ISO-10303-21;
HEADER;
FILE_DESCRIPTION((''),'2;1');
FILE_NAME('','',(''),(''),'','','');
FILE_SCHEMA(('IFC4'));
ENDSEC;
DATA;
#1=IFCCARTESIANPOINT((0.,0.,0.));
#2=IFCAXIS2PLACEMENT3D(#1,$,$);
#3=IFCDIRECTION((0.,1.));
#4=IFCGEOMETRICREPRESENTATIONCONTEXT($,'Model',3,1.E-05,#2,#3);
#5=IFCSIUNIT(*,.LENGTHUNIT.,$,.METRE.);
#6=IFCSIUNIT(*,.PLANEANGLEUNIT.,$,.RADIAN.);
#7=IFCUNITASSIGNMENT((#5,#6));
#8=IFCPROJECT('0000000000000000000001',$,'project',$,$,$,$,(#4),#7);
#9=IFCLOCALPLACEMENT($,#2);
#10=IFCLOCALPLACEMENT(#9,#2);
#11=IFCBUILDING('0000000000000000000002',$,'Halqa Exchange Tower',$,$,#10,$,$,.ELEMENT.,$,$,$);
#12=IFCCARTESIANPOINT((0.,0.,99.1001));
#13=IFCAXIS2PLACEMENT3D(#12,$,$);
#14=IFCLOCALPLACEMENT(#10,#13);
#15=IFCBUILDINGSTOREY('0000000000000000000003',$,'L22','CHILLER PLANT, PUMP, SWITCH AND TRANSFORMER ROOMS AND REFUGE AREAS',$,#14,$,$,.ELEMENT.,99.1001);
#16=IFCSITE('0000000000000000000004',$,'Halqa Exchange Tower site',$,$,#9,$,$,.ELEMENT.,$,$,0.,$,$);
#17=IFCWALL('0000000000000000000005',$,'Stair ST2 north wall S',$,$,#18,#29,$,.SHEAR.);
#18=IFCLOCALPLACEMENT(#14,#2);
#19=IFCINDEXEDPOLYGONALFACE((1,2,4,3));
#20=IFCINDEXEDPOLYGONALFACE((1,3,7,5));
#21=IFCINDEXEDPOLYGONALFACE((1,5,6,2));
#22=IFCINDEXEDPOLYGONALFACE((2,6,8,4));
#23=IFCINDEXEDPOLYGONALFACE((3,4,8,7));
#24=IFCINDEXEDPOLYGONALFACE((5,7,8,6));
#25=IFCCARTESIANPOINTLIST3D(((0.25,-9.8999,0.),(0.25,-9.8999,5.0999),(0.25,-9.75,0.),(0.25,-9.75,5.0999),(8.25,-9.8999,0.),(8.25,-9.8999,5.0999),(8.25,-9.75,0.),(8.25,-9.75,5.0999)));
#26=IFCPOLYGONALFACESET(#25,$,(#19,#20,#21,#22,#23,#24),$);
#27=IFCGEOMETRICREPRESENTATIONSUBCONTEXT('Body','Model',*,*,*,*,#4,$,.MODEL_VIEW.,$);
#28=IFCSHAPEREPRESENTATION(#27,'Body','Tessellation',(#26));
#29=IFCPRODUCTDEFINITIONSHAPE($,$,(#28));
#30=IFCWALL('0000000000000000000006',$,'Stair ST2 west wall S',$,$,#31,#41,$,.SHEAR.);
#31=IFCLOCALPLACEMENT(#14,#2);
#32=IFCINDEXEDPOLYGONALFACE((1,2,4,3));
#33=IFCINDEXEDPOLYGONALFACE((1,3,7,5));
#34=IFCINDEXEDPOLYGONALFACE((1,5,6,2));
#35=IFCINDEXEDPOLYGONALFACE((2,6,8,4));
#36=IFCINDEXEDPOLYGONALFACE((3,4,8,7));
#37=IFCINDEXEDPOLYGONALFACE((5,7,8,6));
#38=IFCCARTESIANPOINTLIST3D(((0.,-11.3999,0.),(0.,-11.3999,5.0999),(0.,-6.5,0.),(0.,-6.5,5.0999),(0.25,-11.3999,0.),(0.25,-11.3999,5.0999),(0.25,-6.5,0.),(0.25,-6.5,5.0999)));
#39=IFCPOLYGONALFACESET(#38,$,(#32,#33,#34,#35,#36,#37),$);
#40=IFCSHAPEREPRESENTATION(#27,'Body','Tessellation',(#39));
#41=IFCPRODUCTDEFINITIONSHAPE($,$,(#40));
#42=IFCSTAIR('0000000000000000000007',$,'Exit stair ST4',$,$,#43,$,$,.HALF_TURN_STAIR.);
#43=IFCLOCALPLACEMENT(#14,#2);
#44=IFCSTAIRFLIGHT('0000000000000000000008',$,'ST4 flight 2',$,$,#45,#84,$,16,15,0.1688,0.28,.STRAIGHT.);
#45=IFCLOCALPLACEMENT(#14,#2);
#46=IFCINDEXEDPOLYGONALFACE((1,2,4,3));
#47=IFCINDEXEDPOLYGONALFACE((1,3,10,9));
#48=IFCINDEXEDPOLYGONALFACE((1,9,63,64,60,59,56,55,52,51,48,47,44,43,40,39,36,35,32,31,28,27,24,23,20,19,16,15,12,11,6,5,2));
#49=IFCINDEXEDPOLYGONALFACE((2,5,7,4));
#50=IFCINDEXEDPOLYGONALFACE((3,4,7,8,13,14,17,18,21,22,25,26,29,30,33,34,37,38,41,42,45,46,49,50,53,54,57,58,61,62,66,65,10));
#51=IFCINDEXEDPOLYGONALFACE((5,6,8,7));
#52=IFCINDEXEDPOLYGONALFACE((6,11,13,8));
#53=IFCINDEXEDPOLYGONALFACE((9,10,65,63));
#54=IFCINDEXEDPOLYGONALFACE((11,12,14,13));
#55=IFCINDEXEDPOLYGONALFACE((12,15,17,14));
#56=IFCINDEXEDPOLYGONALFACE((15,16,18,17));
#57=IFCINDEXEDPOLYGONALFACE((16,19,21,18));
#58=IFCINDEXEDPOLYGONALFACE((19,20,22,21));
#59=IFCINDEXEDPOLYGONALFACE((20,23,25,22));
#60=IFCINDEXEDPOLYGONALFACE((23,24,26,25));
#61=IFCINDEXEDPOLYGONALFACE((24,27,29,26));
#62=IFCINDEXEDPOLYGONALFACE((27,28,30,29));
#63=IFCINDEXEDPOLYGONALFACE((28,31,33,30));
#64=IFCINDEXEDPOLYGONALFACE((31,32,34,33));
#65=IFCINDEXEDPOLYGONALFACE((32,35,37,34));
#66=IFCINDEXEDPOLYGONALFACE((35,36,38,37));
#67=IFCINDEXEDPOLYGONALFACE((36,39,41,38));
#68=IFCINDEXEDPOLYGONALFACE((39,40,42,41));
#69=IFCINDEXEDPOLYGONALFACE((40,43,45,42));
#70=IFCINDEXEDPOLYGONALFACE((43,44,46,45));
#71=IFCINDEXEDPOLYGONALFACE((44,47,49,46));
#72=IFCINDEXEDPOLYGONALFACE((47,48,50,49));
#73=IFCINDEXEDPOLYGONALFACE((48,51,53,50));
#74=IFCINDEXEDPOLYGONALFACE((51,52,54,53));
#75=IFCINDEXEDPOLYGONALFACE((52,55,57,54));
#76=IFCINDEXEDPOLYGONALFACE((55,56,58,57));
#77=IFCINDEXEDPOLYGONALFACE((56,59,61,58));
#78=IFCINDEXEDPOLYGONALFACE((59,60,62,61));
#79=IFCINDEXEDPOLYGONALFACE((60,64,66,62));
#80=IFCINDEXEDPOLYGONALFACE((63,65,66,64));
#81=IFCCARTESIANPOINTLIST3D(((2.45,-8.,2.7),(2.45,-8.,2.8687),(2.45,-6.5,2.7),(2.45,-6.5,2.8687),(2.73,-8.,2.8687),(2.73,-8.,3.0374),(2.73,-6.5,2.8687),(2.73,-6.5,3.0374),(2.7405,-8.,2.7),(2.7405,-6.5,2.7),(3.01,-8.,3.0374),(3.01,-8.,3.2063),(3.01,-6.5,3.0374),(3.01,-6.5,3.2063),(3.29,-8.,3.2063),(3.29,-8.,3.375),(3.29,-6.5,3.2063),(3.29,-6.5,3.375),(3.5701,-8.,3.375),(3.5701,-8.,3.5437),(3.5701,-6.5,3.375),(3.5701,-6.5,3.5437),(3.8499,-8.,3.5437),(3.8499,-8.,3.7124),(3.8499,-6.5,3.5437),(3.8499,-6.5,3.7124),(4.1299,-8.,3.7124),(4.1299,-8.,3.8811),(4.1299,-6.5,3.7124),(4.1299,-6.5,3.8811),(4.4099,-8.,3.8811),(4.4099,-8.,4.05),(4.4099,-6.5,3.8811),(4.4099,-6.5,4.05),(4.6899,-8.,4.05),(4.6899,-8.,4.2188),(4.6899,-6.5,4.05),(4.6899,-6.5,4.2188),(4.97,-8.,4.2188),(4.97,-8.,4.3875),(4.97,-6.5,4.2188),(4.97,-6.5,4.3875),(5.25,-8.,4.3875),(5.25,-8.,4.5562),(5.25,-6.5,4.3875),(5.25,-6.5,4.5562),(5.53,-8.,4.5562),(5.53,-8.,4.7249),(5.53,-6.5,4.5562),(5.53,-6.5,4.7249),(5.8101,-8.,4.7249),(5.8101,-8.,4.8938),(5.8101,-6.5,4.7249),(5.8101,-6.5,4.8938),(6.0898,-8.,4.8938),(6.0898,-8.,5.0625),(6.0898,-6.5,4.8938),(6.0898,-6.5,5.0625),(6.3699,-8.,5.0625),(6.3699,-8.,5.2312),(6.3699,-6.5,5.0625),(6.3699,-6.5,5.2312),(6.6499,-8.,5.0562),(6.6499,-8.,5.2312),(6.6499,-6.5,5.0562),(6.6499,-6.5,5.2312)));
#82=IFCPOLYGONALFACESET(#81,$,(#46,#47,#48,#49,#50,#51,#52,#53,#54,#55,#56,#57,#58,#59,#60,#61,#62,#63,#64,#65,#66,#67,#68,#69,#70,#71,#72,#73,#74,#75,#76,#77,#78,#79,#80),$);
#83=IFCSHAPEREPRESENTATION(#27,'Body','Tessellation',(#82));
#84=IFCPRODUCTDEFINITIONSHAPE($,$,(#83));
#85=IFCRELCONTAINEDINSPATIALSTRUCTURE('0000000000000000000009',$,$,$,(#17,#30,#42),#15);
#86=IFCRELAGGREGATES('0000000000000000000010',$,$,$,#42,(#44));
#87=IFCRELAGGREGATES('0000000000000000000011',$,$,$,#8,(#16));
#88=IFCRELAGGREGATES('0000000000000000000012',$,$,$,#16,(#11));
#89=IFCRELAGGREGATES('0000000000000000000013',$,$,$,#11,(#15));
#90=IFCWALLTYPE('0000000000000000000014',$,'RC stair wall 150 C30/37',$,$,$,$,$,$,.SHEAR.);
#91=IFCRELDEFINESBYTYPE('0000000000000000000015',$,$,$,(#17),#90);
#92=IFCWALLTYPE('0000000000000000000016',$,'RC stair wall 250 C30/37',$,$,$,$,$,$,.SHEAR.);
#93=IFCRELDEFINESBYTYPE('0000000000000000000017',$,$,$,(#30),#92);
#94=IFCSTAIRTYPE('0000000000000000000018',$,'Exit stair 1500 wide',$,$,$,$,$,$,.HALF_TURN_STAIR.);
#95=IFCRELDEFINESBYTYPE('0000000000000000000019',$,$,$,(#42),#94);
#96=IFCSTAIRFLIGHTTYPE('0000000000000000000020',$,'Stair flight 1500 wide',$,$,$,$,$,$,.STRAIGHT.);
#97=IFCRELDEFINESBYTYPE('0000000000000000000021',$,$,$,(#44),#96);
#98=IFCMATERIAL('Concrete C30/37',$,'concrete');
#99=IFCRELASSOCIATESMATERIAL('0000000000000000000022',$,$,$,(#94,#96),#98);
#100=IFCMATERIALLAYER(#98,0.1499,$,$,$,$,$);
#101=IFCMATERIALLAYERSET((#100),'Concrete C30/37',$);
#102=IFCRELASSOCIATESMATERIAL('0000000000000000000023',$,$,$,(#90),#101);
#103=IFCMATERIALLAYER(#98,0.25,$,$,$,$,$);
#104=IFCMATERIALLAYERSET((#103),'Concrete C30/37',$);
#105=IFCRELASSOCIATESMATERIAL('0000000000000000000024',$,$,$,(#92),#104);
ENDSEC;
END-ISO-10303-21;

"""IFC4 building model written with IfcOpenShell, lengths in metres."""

from ifc_helpers import new_model, si_unit, direction, frame, frame_2d, origin, place, context, subcontext, project, spatial, polyline, rectangle, outline, extrude, material, layer, layer_set, type_object, element, aggregate, save


model = new_model("IFC4")

# Units and contexts
model_context = context("Model", 3, precision=1e-05, world=origin(), true_north=direction((0.0, 1.0)))
body_context = subcontext(model_context, "Body", "Model", "MODEL_VIEW")
ifc_project = project(units=[si_unit("LENGTHUNIT", "METRE"), si_unit("PLANEANGLEUNIT", "RADIAN")], contexts=[model_context])

# Site, building, storey
site_placement = place(None, origin())
site = spatial("IfcSite", under=ifc_project, at=site_placement, Name="Halqa Exchange Tower site", CompositionType="ELEMENT", RefElevation=0.0)
building_placement = place(site_placement, origin())
building = spatial("IfcBuilding", under=site, at=building_placement, Name="Halqa Exchange Tower", CompositionType="ELEMENT")
storey_placement = place(building_placement, frame((0.0, 0.0, 99.1001)))
storey = spatial("IfcBuildingStorey", under=building, at=storey_placement, Name="L22", Description="CHILLER PLANT, PUMP, SWITCH AND TRANSFORMER ROOMS AND REFUGE AREAS", CompositionType="ELEMENT", Elevation=99.1001)

# Shared definitions
ifc_material_1 = material(Name="Concrete C30/37", Category="concrete")
stair_type = type_object("IfcStairType", Name="Exit stair 1500 wide", PredefinedType="HALF_TURN_STAIR", material=ifc_material_1)

# Walls
ifc_layer_1 = layer(ifc_material_1, 0.1499)
ifc_layer_set_1 = layer_set([ifc_layer_1], Name="Concrete C30/37")
wall_type_1 = type_object("IfcWallType", Name="RC stair wall 150 C30/37", PredefinedType="SHEAR", material=ifc_layer_set_1)
wall_1_placement = place(storey_placement, frame((0.25, -9.825, 0.0), z_axis=(0.0, 0.0, 1.0), x_axis=(1.0, 0.0, 0.0)))
element("IfcWall", 1, at=wall_1_placement, inside=storey, type_object=wall_type_1, Name="Stair ST2 north wall S", PredefinedType="SHEAR", context=body_context, shape_type="SweptSolid", body=[
    extrude(rectangle(XDim=8.0, YDim=0.1499, at=frame_2d((4.0, 0.0))), origin(), (0.0, 0.0, 1.0), 5.0999),
])
ifc_layer_2 = layer(ifc_material_1, 0.25)
ifc_layer_set_2 = layer_set([ifc_layer_2], Name="Concrete C30/37")
wall_type_2 = type_object("IfcWallType", Name="RC stair wall 250 C30/37", PredefinedType="SHEAR", material=ifc_layer_set_2)
wall_2_placement = place(storey_placement, frame((0.125, -11.3999, 0.0), z_axis=(0.0, 0.0, 1.0), x_axis=(0.0, 1.0, 0.0)))
element("IfcWall", 2, at=wall_2_placement, inside=storey, type_object=wall_type_2, Name="Stair ST2 west wall S", PredefinedType="SHEAR", context=body_context, shape_type="SweptSolid", body=[
    extrude(rectangle(XDim=4.8999, YDim=0.25, at=frame_2d((2.45, 0.0))), origin(), (0.0, 0.0, 1.0), 5.0999),
])

# Stair, stair flight
stair_1_placement = place(storey_placement, origin())
stair_1 = element("IfcStair", 3, at=stair_1_placement, inside=storey, type_object=stair_type, Name="Exit stair ST4", PredefinedType="HALF_TURN_STAIR")
stair_flight_type = type_object("IfcStairFlightType", Name="Stair flight 1500 wide", PredefinedType="STRAIGHT", material=ifc_material_1)
stair_flight_placement = place(storey_placement, frame((2.45, -7.25, 2.7), z_axis=(0.0, 0.0, 1.0), x_axis=(1.0, 0.0, 0.0)))
stair_flight = element("IfcStairFlight", 4, at=stair_flight_placement, type_object=stair_flight_type, Name="ST4 flight 2", NumberOfRisers=16, NumberOfTreads=15, PredefinedType="STRAIGHT", RiserHeight=0.1688, TreadLength=0.28, context=body_context, shape_type="SweptSolid", body=[
    extrude(outline(polyline([(0.0, 0.0), (0.0, 0.1687), (0.28, 0.1687), (0.28, 0.3374), (0.5601, 0.3374), (0.5601, 0.5063), (0.8401, 0.5063), (0.8401, 0.675), (1.1201, 0.675), (1.1201, 0.8438), (1.3999, 0.8438), (1.3999, 1.0125), (1.6799, 1.0125), (1.6799, 1.1812), (1.96, 1.1812), (1.96, 1.3501), (2.24, 1.3501), (2.24, 1.5188), (2.52, 1.5188), (2.52, 1.6875), (2.8, 1.6875), (2.8, 1.8562), (3.0801, 1.8562), (3.0801, 2.0249), (3.3601, 2.0249), (3.3601, 2.1938), (3.6399, 2.1938), (3.6399, 2.3625), (3.9199, 2.3625), (3.9199, 2.5312), (4.2, 2.5312), (4.2, 2.7), (4.2, 2.3562), (0.2905, 0.0), (0.0, 0.0)])), frame((0.0, 0.75, 0.0), z_axis=(0.0, -1.0, 0.0), x_axis=(1.0, 0.0, 0.0)), (0.0, 0.0, 1.0), 1.5),
])
aggregate(stair_1, [stair_flight])

save(model, "model.ifc")
